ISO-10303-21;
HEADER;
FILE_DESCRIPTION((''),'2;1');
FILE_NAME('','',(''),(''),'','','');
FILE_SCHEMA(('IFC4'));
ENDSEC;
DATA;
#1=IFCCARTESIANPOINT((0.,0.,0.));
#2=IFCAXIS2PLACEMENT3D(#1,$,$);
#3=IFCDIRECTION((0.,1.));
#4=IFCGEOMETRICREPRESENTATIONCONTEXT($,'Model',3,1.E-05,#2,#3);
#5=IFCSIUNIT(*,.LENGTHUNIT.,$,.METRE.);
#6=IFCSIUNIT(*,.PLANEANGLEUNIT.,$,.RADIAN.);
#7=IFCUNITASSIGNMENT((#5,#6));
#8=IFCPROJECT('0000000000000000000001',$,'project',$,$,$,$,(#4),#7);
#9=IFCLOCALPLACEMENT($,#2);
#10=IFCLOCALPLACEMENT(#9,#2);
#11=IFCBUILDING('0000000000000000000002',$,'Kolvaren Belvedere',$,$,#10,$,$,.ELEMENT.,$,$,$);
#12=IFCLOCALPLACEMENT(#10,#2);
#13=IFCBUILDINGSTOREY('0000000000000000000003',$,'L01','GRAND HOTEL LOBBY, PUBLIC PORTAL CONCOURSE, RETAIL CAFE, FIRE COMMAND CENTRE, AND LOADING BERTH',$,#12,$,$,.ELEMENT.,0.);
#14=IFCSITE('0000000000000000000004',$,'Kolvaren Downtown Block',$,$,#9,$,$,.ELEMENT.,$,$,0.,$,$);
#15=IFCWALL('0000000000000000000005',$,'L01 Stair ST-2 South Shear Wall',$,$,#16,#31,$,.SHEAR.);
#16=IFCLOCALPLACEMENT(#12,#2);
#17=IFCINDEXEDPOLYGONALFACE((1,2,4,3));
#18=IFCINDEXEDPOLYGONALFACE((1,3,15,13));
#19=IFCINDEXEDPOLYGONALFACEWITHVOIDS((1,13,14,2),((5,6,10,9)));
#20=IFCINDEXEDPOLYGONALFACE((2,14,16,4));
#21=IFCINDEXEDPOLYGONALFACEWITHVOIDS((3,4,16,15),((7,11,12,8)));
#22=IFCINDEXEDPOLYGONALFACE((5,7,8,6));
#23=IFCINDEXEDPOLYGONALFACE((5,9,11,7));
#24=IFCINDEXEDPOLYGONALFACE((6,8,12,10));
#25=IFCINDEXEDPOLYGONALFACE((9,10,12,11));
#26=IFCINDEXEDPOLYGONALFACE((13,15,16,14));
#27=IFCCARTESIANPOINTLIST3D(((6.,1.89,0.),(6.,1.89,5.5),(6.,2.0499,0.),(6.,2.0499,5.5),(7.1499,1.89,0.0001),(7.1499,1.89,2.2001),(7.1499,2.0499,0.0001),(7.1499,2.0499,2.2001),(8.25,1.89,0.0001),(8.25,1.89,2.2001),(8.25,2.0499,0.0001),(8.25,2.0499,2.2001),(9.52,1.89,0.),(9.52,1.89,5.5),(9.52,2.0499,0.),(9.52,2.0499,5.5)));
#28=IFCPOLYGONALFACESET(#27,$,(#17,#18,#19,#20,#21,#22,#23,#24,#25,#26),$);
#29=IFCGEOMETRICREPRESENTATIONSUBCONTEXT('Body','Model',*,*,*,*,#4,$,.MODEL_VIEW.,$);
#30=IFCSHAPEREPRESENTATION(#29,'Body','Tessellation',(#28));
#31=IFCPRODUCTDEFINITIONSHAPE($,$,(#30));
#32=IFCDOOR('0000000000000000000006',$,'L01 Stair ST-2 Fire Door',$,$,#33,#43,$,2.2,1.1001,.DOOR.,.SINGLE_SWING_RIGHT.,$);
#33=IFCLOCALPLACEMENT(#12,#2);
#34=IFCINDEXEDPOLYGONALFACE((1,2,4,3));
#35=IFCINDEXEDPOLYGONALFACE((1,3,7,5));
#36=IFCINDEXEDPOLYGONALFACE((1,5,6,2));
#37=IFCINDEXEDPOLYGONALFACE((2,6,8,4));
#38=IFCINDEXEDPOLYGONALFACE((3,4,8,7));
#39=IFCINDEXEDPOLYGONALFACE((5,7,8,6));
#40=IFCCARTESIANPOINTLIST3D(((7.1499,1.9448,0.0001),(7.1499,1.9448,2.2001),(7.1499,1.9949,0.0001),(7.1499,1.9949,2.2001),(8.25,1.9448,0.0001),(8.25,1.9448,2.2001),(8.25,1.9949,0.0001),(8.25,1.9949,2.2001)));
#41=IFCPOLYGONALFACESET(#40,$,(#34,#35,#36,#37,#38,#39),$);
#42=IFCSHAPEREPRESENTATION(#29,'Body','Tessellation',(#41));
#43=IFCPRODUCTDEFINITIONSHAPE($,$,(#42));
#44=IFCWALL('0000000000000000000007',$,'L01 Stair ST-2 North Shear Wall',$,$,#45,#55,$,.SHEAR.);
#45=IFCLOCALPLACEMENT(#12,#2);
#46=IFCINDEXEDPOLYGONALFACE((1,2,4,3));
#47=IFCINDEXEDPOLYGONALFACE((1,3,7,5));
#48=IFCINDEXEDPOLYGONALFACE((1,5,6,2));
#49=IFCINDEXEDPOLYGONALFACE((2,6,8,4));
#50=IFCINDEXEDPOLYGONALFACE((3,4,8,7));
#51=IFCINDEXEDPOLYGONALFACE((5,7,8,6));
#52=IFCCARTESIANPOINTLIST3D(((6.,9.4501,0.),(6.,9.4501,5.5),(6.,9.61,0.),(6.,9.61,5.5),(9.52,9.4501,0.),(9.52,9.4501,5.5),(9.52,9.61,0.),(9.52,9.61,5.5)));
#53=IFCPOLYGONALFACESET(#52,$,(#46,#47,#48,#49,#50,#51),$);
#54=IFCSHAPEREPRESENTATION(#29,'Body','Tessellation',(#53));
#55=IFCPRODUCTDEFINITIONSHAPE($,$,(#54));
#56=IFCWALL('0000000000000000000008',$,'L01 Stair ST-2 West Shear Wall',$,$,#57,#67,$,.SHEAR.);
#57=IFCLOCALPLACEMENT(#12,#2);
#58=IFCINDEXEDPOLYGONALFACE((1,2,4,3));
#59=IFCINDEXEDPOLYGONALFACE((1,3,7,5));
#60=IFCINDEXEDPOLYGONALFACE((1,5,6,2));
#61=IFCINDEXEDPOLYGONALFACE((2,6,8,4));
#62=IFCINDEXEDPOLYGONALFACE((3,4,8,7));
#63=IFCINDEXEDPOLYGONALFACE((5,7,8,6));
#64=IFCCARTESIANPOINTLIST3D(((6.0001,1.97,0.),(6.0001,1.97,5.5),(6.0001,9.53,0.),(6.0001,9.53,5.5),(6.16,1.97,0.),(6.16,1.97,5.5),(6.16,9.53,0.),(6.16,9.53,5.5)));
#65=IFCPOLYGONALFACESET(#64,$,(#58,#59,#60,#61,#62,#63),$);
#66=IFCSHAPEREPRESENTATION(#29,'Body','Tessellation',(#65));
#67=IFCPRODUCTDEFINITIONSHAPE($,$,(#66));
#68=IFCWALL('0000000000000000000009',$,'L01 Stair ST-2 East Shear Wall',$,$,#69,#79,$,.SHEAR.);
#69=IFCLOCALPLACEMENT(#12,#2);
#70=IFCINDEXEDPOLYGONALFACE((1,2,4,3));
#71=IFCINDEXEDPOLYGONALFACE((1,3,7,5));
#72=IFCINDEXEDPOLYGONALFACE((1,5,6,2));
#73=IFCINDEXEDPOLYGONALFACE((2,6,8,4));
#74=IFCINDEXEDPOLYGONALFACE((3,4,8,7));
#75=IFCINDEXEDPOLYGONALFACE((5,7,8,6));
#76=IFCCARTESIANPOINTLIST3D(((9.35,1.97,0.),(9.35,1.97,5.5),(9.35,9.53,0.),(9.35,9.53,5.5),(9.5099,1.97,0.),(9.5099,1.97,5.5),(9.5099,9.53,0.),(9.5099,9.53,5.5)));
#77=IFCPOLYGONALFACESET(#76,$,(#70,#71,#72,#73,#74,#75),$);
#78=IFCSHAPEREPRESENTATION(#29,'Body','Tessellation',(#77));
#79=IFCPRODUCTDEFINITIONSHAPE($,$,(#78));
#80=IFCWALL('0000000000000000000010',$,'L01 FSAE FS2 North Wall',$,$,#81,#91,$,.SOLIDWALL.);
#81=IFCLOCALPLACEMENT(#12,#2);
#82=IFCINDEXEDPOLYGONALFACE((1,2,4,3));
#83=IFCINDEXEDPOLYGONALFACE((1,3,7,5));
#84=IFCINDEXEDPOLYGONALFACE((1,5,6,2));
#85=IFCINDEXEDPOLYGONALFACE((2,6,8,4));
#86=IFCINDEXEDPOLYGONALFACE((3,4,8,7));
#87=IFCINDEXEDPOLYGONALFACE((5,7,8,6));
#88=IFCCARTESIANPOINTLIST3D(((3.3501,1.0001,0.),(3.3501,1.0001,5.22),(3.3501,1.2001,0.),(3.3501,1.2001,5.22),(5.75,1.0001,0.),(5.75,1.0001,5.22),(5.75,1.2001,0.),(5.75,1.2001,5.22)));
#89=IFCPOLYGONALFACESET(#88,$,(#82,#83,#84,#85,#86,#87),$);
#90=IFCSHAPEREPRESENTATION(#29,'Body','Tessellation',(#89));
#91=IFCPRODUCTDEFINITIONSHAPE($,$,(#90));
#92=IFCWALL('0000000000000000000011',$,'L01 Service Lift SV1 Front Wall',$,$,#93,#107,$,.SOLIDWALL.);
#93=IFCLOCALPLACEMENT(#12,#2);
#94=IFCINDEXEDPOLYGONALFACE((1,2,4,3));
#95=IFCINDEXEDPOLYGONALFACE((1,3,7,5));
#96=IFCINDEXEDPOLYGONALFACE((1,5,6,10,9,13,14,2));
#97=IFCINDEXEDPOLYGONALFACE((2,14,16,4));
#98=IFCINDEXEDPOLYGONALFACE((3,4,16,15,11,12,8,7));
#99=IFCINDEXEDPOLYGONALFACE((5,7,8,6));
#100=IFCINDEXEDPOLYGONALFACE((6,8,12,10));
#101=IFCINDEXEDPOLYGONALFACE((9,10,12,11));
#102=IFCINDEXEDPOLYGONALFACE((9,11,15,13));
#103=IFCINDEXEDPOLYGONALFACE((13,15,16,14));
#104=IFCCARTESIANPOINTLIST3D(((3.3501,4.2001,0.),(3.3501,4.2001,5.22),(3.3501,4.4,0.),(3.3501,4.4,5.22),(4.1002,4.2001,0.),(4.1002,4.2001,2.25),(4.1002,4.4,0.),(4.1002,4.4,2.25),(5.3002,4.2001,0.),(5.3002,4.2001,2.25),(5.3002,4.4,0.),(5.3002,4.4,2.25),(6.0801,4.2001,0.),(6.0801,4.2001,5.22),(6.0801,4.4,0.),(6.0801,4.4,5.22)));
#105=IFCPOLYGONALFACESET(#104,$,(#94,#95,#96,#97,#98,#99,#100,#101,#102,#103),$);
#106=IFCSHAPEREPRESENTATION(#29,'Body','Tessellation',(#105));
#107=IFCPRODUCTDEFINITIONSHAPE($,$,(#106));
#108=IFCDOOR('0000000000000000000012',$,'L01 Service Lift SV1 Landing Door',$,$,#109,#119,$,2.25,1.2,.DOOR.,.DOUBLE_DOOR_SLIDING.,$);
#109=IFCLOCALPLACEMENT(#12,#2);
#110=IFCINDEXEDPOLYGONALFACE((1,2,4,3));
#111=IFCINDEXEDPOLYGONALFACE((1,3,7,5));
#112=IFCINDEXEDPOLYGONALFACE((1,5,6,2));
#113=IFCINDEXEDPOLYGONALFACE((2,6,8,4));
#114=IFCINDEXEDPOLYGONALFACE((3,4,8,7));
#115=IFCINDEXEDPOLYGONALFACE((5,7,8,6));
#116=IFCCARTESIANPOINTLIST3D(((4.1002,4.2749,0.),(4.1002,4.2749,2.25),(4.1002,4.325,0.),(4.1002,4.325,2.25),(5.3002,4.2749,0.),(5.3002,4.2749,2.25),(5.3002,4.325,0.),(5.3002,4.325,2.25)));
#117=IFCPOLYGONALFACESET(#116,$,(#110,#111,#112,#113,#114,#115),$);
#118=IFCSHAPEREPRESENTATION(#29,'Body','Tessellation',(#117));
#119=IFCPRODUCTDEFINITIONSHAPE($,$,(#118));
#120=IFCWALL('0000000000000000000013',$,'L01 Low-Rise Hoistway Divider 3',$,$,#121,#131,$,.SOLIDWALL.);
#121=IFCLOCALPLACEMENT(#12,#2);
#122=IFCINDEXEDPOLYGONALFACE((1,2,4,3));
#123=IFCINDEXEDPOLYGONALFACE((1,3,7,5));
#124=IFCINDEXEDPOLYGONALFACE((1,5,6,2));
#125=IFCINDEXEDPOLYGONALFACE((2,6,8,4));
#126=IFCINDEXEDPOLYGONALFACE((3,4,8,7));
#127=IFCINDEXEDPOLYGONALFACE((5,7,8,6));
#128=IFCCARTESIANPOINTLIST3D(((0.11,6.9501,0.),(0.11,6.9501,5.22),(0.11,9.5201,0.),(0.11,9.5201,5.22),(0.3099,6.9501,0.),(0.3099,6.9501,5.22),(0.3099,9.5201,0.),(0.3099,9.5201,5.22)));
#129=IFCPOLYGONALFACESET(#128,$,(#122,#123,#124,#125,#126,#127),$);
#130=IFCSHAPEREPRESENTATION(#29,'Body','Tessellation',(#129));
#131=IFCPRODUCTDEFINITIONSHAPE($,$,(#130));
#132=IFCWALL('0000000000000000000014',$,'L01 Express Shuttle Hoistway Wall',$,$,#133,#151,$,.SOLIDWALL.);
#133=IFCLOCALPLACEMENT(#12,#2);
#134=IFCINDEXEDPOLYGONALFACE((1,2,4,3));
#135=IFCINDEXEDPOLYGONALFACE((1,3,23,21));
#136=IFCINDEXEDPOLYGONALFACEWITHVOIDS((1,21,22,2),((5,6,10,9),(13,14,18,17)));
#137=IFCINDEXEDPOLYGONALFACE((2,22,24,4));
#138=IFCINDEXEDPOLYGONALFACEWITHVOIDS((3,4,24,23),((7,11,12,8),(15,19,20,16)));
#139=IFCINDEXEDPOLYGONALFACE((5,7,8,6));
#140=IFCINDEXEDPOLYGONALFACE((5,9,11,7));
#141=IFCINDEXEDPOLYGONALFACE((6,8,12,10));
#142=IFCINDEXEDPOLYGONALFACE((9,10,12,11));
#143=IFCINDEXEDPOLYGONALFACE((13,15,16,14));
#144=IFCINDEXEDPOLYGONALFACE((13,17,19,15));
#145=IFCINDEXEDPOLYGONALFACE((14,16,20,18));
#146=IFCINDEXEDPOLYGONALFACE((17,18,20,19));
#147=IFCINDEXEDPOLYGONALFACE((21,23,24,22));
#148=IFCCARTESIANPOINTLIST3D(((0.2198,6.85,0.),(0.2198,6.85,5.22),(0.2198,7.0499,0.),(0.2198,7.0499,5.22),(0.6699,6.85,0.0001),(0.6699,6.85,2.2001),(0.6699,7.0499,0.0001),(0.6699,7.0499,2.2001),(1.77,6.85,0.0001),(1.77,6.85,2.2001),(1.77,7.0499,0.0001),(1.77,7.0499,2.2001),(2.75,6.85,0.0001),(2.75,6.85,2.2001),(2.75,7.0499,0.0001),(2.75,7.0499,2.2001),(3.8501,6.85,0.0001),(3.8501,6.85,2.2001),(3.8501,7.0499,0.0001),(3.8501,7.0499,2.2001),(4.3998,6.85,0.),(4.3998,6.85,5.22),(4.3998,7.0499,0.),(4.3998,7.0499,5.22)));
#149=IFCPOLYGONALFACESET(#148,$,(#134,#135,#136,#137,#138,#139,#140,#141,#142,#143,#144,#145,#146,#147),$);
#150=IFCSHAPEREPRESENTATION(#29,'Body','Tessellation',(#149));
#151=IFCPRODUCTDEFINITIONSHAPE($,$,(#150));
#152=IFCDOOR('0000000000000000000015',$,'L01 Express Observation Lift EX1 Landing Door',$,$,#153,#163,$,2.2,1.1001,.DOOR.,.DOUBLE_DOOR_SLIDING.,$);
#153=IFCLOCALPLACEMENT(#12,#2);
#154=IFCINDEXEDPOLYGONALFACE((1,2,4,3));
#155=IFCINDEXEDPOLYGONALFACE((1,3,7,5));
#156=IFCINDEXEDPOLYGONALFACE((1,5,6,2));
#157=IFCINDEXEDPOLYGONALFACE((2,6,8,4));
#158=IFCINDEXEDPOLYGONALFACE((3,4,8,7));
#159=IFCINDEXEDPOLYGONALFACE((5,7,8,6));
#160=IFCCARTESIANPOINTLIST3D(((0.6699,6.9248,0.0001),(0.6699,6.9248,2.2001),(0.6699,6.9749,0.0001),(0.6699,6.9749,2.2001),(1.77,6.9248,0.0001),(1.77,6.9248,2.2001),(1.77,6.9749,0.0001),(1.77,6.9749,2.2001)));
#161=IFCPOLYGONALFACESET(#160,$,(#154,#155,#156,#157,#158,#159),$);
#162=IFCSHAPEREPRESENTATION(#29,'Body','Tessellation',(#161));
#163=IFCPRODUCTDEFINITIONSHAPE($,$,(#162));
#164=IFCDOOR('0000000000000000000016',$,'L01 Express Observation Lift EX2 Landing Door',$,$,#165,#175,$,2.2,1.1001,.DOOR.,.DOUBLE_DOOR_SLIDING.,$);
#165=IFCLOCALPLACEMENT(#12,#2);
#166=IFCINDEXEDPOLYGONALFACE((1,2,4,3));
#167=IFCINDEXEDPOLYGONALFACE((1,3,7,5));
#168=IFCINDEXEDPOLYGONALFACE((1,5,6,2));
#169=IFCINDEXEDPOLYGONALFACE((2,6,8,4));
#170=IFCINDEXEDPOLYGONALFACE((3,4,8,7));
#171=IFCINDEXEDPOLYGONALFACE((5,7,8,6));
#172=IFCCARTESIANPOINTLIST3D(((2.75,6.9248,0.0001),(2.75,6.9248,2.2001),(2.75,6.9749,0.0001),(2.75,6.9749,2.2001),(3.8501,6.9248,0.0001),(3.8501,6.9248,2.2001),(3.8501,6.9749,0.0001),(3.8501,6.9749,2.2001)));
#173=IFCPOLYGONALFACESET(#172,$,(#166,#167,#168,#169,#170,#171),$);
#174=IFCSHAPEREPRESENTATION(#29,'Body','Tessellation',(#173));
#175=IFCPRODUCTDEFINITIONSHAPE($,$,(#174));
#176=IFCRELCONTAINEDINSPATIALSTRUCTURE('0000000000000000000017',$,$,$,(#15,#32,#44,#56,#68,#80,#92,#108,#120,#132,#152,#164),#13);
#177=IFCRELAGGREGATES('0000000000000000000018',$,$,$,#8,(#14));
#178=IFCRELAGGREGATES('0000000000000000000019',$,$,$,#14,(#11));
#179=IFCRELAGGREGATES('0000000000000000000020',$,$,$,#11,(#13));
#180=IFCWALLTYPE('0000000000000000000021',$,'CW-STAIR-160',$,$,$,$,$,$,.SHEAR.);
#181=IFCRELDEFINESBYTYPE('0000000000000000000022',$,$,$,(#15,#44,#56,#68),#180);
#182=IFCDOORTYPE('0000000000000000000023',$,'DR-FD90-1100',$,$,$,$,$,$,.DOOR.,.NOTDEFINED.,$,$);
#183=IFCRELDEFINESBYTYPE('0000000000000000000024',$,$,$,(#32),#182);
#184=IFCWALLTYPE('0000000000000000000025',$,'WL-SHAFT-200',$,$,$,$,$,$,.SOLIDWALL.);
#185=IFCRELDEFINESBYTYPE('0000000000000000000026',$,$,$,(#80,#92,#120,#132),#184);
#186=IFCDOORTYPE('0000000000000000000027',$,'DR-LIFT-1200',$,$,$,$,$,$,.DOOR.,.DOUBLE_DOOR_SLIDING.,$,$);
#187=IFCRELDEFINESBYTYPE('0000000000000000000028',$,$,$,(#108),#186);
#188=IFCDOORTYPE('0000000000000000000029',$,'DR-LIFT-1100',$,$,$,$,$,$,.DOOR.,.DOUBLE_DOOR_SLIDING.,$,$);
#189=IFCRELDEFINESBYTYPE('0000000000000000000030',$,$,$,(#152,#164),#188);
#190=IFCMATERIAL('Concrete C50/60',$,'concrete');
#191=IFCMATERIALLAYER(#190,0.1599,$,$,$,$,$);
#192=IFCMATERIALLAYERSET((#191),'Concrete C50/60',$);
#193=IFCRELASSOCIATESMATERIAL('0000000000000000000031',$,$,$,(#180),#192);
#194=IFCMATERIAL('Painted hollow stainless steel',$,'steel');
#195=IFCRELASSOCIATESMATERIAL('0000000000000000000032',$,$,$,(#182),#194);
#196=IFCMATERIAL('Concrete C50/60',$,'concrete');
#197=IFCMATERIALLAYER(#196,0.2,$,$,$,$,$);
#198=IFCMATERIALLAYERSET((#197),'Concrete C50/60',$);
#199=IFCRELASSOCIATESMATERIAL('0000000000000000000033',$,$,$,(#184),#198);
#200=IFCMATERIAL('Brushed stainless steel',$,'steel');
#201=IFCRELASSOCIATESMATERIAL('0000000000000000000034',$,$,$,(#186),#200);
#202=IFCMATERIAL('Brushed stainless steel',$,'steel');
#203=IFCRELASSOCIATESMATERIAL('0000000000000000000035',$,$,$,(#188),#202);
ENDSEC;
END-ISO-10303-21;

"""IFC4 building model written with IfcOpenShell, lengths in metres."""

from ifc_helpers import new_model, si_unit, direction, frame, frame_2d, origin, place, context, subcontext, project, spatial, rectangle, extrude, material, layer, layer_set, type_object, element, fill, save


model = new_model("IFC4")

# Units and contexts
model_context = context("Model", 3, precision=1e-05, world=origin(), true_north=direction((0.0, 1.0)))
body_context = subcontext(model_context, "Body", "Model", "MODEL_VIEW")
ifc_project = project(units=[si_unit("LENGTHUNIT", "METRE"), si_unit("PLANEANGLEUNIT", "RADIAN")], contexts=[model_context])

# Site, building, storey
site_placement = place(None, origin())
site = spatial("IfcSite", under=ifc_project, at=site_placement, Name="Kolvaren Downtown Block", CompositionType="ELEMENT", RefElevation=0.0)
building_placement = place(site_placement, origin())
building = spatial("IfcBuilding", under=site, at=building_placement, Name="Kolvaren Belvedere", CompositionType="ELEMENT")
storey_placement = place(building_placement, origin())
storey = spatial("IfcBuildingStorey", under=building, at=storey_placement, Name="L01", Description="GRAND HOTEL LOBBY, PUBLIC PORTAL CONCOURSE, RETAIL CAFE, FIRE COMMAND CENTRE, AND LOADING BERTH", CompositionType="ELEMENT", Elevation=0.0)

# Wall, opening, door
ifc_material_1 = material(Name="Concrete C50/60", Category="concrete")
ifc_layer_1 = layer(ifc_material_1, 0.1599)
ifc_layer_set_1 = layer_set([ifc_layer_1], Name="Concrete C50/60")
wall_type_1 = type_object("IfcWallType", Name="CW-STAIR-160", PredefinedType="SHEAR", material=ifc_layer_set_1)
wall_1_placement = place(storey_placement, frame((6.0, 1.97, 0.0), z_axis=(0.0, 0.0, 1.0), x_axis=(1.0, 0.0, 0.0)))
wall_1 = element("IfcWall", 1, at=wall_1_placement, inside=storey, type_object=wall_type_1, Name="L01 Stair ST-2 South Shear Wall", PredefinedType="SHEAR", context=body_context, shape_type="SweptSolid", body=[
    extrude(rectangle(XDim=3.52, YDim=0.1599, at=frame_2d((1.76, 0.0))), origin(), (0.0, 0.0, 1.0), 5.5),
])
opening_1_placement = place(wall_1_placement, frame((1.1499, 0.0, 0.0)))
opening_1 = element("IfcOpeningElement", 2, at=opening_1_placement, cuts=wall_1, PredefinedType="OPENING", context=body_context, shape_type="SweptSolid", body=[
    extrude(rectangle(XDim=1.1001, YDim=2.2, at=frame_2d((0.55, 1.1001))), frame((0.0, 0.0898, 0.0), z_axis=(0.0, -1.0, 0.0), x_axis=(1.0, 0.0, 0.0)), (0.0, 0.0, 1.0), 0.1799),
])
ifc_material_2 = material(Name="Painted hollow stainless steel", Category="steel")
door_type_1 = type_object("IfcDoorType", Name="DR-FD90-1100", OperationType="NOTDEFINED", PredefinedType="DOOR", material=ifc_material_2)
door_1_placement = place(opening_1_placement, origin())
door_1 = element("IfcDoor", 3, at=door_1_placement, inside=storey, type_object=door_type_1, Name="L01 Stair ST-2 Fire Door", OperationType="SINGLE_SWING_RIGHT", OverallHeight=2.2, OverallWidth=1.1001, PredefinedType="DOOR", context=body_context, shape_type="SweptSolid", body=[
    extrude(rectangle(XDim=1.1001, YDim=2.2, at=frame_2d((0.55, 1.1001))), frame((0.0, 0.0249, 0.0), z_axis=(0.0, -1.0, 0.0), x_axis=(1.0, 0.0, 0.0)), (0.0, 0.0, 1.0), 0.05),
])
fill(opening_1, door_1)

# Walls
wall_2_placement = place(storey_placement, frame((6.0, 9.53, 0.0), z_axis=(0.0, 0.0, 1.0), x_axis=(1.0, 0.0, 0.0)))
element("IfcWall", 4, at=wall_2_placement, inside=storey, type_object=wall_type_1, Name="L01 Stair ST-2 North Shear Wall", PredefinedType="SHEAR", context=body_context, shape_type="SweptSolid", body=[
    extrude(rectangle(XDim=3.52, YDim=0.1599, at=frame_2d((1.76, 0.0))), origin(), (0.0, 0.0, 1.0), 5.5),
])
for number, where, z_axis, x_axis, name in (
    (5, (6.0801, 1.97, 0.0), (0.0, 0.0, 1.0), (0.0, 1.0, 0.0), "L01 Stair ST-2 West Shear Wall"),
    (6, (9.4299, 1.97, 0.0), (0.0, 0.0, 1.0), (0.0, 1.0, 0.0), "L01 Stair ST-2 East Shear Wall"),
):
    element("IfcWall", number, at=place(storey_placement, frame(where, z_axis=z_axis, x_axis=x_axis)), inside=storey, type_object=wall_type_1, Name=name, PredefinedType="SHEAR", context=body_context, shape_type="SweptSolid", body=[
        extrude(rectangle(XDim=7.5601, YDim=0.1599, at=frame_2d((3.78, 0.0))), origin(), (0.0, 0.0, 1.0), 5.5),
    ])
ifc_material_3 = material(Name="Concrete C50/60", Category="concrete")
ifc_layer_2 = layer(ifc_material_3, 0.2)
ifc_layer_set_2 = layer_set([ifc_layer_2], Name="Concrete C50/60")
wall_type_2 = type_object("IfcWallType", Name="WL-SHAFT-200", PredefinedType="SOLIDWALL", material=ifc_layer_set_2)
wall_3_placement = place(storey_placement, frame((3.3501, 1.1001, 0.0), z_axis=(0.0, 0.0, 1.0), x_axis=(1.0, 0.0, 0.0)))
element("IfcWall", 7, at=wall_3_placement, inside=storey, type_object=wall_type_2, Name="L01 FSAE FS2 North Wall", PredefinedType="SOLIDWALL", context=body_context, shape_type="SweptSolid", body=[
    extrude(rectangle(XDim=2.3999, YDim=0.2, at=frame_2d((1.2, 0.0))), origin(), (0.0, 0.0, 1.0), 5.22),
])

# Wall, opening, door
wall_4_placement = place(storey_placement, frame((3.3501, 4.3, 0.0), z_axis=(0.0, 0.0, 1.0), x_axis=(1.0, 0.0, 0.0)))
wall_4 = element("IfcWall", 8, at=wall_4_placement, inside=storey, type_object=wall_type_2, Name="L01 Service Lift SV1 Front Wall", PredefinedType="SOLIDWALL", context=body_context, shape_type="SweptSolid", body=[
    extrude(rectangle(XDim=2.73, YDim=0.2, at=frame_2d((1.365, 0.0))), origin(), (0.0, 0.0, 1.0), 5.22),
])
opening_2_placement = place(wall_4_placement, frame((0.75, 0.0, 0.0)))
opening_2 = element("IfcOpeningElement", 9, at=opening_2_placement, cuts=wall_4, PredefinedType="OPENING", context=body_context, shape_type="SweptSolid", body=[
    extrude(rectangle(XDim=1.2, YDim=2.25, at=frame_2d((0.6001, 1.125))), frame((0.0, 0.1099, 0.0), z_axis=(0.0, -1.0, 0.0), x_axis=(1.0, 0.0, 0.0)), (0.0, 0.0, 1.0), 0.22),
])
ifc_material_4 = material(Name="Brushed stainless steel", Category="steel")
door_type_2 = type_object("IfcDoorType", Name="DR-LIFT-1200", OperationType="DOUBLE_DOOR_SLIDING", PredefinedType="DOOR", material=ifc_material_4)
door_2_placement = place(opening_2_placement, origin())
door_2 = element("IfcDoor", 10, at=door_2_placement, inside=storey, type_object=door_type_2, Name="L01 Service Lift SV1 Landing Door", OperationType="DOUBLE_DOOR_SLIDING", OverallHeight=2.25, OverallWidth=1.2, PredefinedType="DOOR", context=body_context, shape_type="SweptSolid", body=[
    extrude(rectangle(XDim=1.2, YDim=2.25, at=frame_2d((0.6001, 1.125))), frame((0.0, 0.0249, 0.0), z_axis=(0.0, -1.0, 0.0), x_axis=(1.0, 0.0, 0.0)), (0.0, 0.0, 1.0), 0.05),
])
fill(opening_2, door_2)

# Wall
wall_5_placement = place(storey_placement, frame((0.21, 6.95, 0.0), z_axis=(0.0, 0.0, 1.0), x_axis=(0.0, 1.0, 0.0)))
element("IfcWall", 11, at=wall_5_placement, inside=storey, type_object=wall_type_2, Name="L01 Low-Rise Hoistway Divider 3", PredefinedType="SOLIDWALL", context=body_context, shape_type="SweptSolid", body=[
    extrude(rectangle(XDim=2.5701, YDim=0.2, at=frame_2d((1.2852, 0.0))), origin(), (0.0, 0.0, 1.0), 5.22),
])

# Wall, openings, doors
wall_6_placement = place(storey_placement, frame((0.22, 6.95, 0.0), z_axis=(0.0, 0.0, 1.0), x_axis=(1.0, 0.0, 0.0)))
wall_6 = element("IfcWall", 12, at=wall_6_placement, inside=storey, type_object=wall_type_2, Name="L01 Express Shuttle Hoistway Wall", PredefinedType="SOLIDWALL", context=body_context, shape_type="SweptSolid", body=[
    extrude(rectangle(XDim=4.1799, YDim=0.2, at=frame_2d((2.0898, 0.0))), origin(), (0.0, 0.0, 1.0), 5.22),
])
opening_3_placement = place(wall_6_placement, frame((0.45, 0.0, 0.0)))
opening_3 = element("IfcOpeningElement", 13, at=opening_3_placement, cuts=wall_6, PredefinedType="OPENING", context=body_context, shape_type="SweptSolid", body=[
    extrude(rectangle(XDim=1.1001, YDim=2.2, at=frame_2d((0.55, 1.1001))), frame((0.0, 0.1099, 0.0), z_axis=(0.0, -1.0, 0.0), x_axis=(1.0, 0.0, 0.0)), (0.0, 0.0, 1.0), 0.22),
])
opening_4_placement = place(wall_6_placement, frame((2.53, 0.0, 0.0)))
opening_4 = element("IfcOpeningElement", 14, at=opening_4_placement, cuts=wall_6, PredefinedType="OPENING", context=body_context, shape_type="SweptSolid", body=[
    extrude(rectangle(XDim=1.1001, YDim=2.2, at=frame_2d((0.55, 1.1001))), frame((0.0, 0.1099, 0.0), z_axis=(0.0, -1.0, 0.0), x_axis=(1.0, 0.0, 0.0)), (0.0, 0.0, 1.0), 0.22),
])
ifc_material_5 = material(Name="Brushed stainless steel", Category="steel")
door_type_3 = type_object("IfcDoorType", Name="DR-LIFT-1100", OperationType="DOUBLE_DOOR_SLIDING", PredefinedType="DOOR", material=ifc_material_5)
door_3_placement = place(opening_3_placement, origin())
door_3 = element("IfcDoor", 15, at=door_3_placement, inside=storey, type_object=door_type_3, Name="L01 Express Observation Lift EX1 Landing Door", OperationType="DOUBLE_DOOR_SLIDING", OverallHeight=2.2, OverallWidth=1.1001, PredefinedType="DOOR", context=body_context, shape_type="SweptSolid", body=[
    extrude(rectangle(XDim=1.1001, YDim=2.2, at=frame_2d((0.55, 1.1001))), frame((0.0, 0.0249, 0.0), z_axis=(0.0, -1.0, 0.0), x_axis=(1.0, 0.0, 0.0)), (0.0, 0.0, 1.0), 0.05),
])
fill(opening_3, door_3)
door_4_placement = place(opening_4_placement, origin())
door_4 = element("IfcDoor", 16, at=door_4_placement, inside=storey, type_object=door_type_3, Name="L01 Express Observation Lift EX2 Landing Door", OperationType="DOUBLE_DOOR_SLIDING", OverallHeight=2.2, OverallWidth=1.1001, PredefinedType="DOOR", context=body_context, shape_type="SweptSolid", body=[
    extrude(rectangle(XDim=1.1001, YDim=2.2, at=frame_2d((0.55, 1.1001))), frame((0.0, 0.0249, 0.0), z_axis=(0.0, -1.0, 0.0), x_axis=(1.0, 0.0, 0.0)), (0.0, 0.0, 1.0), 0.05),
])
fill(opening_4, door_4)

save(model, "model.ifc")
